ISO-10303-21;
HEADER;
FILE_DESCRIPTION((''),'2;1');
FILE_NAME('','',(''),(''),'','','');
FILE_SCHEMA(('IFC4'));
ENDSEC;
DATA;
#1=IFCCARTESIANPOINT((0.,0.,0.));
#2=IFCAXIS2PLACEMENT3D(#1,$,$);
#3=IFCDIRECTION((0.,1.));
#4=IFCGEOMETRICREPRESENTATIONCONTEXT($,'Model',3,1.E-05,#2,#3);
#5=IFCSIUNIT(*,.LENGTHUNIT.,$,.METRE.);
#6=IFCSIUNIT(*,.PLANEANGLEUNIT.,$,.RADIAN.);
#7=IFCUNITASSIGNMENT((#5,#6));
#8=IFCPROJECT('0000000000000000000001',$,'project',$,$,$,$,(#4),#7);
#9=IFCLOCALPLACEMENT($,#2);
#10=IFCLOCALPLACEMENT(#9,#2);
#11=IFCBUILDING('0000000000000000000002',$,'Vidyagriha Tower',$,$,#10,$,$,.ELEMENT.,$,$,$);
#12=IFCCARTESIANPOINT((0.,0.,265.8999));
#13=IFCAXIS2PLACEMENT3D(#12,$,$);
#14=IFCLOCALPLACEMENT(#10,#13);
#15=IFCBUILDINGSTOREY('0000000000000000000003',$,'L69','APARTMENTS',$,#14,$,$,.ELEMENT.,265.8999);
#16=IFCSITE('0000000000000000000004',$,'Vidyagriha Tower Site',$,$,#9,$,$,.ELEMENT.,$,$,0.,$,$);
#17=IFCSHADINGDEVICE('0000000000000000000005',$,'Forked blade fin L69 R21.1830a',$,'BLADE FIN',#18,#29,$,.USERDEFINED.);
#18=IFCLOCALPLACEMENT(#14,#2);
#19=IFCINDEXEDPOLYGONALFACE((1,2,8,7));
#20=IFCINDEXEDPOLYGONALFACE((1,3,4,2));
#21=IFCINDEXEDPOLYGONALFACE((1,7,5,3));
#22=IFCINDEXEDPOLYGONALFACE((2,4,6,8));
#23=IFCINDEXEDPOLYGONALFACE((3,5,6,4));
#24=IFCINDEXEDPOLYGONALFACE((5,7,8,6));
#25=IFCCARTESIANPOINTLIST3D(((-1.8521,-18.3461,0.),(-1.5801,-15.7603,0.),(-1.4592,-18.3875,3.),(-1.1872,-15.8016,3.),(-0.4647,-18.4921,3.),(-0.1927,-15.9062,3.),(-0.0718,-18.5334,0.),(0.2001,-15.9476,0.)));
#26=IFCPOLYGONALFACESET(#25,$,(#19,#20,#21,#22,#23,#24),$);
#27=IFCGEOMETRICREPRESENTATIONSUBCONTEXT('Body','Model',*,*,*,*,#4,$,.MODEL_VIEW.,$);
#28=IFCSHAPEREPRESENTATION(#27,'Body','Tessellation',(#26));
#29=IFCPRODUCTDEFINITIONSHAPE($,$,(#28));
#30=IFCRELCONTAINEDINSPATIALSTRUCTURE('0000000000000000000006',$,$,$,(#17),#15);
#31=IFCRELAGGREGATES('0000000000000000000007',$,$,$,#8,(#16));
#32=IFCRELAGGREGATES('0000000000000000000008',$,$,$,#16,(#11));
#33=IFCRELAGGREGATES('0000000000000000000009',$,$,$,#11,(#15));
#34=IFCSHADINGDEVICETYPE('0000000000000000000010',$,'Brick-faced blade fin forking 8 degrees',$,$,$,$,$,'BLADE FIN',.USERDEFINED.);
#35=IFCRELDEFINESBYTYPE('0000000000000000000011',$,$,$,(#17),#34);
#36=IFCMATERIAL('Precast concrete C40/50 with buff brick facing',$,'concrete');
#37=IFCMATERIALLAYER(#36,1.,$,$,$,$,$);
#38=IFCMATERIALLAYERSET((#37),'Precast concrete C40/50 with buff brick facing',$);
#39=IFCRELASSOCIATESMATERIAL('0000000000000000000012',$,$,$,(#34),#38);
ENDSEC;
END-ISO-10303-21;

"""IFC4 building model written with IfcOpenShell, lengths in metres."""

from ifc_helpers import new_model, si_unit, direction, frame, origin, place, context, subcontext, project, spatial, polyline, outline, extrude, material, layer, layer_set, type_object, element, save


model = new_model("IFC4")

# Units and contexts
model_context = context("Model", 3, precision=1e-05, world=origin(), true_north=direction((0.0, 1.0)))
body_context = subcontext(model_context, "Body", "Model", "MODEL_VIEW")
ifc_project = project(units=[si_unit("LENGTHUNIT", "METRE"), si_unit("PLANEANGLEUNIT", "RADIAN")], contexts=[model_context])

# Site, building, storey
site_placement = place(None, origin())
site = spatial("IfcSite", under=ifc_project, at=site_placement, Name="Vidyagriha Tower Site", CompositionType="ELEMENT", RefElevation=0.0)
building_placement = place(site_placement, origin())
building = spatial("IfcBuilding", under=site, at=building_placement, Name="Vidyagriha Tower", CompositionType="ELEMENT")
storey_placement = place(building_placement, frame((0.0, 0.0, 265.8999)))
storey = spatial("IfcBuildingStorey", under=building, at=storey_placement, Name="L69", Description="APARTMENTS", CompositionType="ELEMENT", Elevation=265.8999)

# Shading device
ifc_material_1 = material(Name="Precast concrete C40/50 with buff brick facing", Category="concrete")
ifc_layer_1 = layer(ifc_material_1, 1.0)
ifc_layer_set_1 = layer_set([ifc_layer_1], Name="Precast concrete C40/50 with buff brick facing")
shading_device_type_1 = type_object("IfcShadingDeviceType", Name="Brick-faced blade fin forking 8 degrees", ElementType="BLADE FIN", PredefinedType="USERDEFINED", material=ifc_layer_set_1)
shading_device_1_placement = place(storey_placement, frame((-1.7161, -17.0532, 0.0), z_axis=(0.0, 0.0, 1.0), x_axis=(0.994514, -0.104607, 0.0)))
element("IfcShadingDevice", 1, at=shading_device_1_placement, inside=storey, type_object=shading_device_type_1, Name="Forked blade fin L69 R21.1830a", ObjectType="BLADE FIN", PredefinedType="USERDEFINED", context=body_context, shape_type="SweptSolid", body=[
    extrude(outline(polyline([(0.0, 0.0), (1.79, 0.0), (1.395, 3.0), (0.395, 3.0), (0.0, 0.0)])), frame((0.0, 1.3, 0.0), z_axis=(0.0, -1.0, 0.0), x_axis=(1.0, 0.0, 0.0)), (0.0, 0.0, 1.0), 2.6001),
])

save(model, "model.ifc")
